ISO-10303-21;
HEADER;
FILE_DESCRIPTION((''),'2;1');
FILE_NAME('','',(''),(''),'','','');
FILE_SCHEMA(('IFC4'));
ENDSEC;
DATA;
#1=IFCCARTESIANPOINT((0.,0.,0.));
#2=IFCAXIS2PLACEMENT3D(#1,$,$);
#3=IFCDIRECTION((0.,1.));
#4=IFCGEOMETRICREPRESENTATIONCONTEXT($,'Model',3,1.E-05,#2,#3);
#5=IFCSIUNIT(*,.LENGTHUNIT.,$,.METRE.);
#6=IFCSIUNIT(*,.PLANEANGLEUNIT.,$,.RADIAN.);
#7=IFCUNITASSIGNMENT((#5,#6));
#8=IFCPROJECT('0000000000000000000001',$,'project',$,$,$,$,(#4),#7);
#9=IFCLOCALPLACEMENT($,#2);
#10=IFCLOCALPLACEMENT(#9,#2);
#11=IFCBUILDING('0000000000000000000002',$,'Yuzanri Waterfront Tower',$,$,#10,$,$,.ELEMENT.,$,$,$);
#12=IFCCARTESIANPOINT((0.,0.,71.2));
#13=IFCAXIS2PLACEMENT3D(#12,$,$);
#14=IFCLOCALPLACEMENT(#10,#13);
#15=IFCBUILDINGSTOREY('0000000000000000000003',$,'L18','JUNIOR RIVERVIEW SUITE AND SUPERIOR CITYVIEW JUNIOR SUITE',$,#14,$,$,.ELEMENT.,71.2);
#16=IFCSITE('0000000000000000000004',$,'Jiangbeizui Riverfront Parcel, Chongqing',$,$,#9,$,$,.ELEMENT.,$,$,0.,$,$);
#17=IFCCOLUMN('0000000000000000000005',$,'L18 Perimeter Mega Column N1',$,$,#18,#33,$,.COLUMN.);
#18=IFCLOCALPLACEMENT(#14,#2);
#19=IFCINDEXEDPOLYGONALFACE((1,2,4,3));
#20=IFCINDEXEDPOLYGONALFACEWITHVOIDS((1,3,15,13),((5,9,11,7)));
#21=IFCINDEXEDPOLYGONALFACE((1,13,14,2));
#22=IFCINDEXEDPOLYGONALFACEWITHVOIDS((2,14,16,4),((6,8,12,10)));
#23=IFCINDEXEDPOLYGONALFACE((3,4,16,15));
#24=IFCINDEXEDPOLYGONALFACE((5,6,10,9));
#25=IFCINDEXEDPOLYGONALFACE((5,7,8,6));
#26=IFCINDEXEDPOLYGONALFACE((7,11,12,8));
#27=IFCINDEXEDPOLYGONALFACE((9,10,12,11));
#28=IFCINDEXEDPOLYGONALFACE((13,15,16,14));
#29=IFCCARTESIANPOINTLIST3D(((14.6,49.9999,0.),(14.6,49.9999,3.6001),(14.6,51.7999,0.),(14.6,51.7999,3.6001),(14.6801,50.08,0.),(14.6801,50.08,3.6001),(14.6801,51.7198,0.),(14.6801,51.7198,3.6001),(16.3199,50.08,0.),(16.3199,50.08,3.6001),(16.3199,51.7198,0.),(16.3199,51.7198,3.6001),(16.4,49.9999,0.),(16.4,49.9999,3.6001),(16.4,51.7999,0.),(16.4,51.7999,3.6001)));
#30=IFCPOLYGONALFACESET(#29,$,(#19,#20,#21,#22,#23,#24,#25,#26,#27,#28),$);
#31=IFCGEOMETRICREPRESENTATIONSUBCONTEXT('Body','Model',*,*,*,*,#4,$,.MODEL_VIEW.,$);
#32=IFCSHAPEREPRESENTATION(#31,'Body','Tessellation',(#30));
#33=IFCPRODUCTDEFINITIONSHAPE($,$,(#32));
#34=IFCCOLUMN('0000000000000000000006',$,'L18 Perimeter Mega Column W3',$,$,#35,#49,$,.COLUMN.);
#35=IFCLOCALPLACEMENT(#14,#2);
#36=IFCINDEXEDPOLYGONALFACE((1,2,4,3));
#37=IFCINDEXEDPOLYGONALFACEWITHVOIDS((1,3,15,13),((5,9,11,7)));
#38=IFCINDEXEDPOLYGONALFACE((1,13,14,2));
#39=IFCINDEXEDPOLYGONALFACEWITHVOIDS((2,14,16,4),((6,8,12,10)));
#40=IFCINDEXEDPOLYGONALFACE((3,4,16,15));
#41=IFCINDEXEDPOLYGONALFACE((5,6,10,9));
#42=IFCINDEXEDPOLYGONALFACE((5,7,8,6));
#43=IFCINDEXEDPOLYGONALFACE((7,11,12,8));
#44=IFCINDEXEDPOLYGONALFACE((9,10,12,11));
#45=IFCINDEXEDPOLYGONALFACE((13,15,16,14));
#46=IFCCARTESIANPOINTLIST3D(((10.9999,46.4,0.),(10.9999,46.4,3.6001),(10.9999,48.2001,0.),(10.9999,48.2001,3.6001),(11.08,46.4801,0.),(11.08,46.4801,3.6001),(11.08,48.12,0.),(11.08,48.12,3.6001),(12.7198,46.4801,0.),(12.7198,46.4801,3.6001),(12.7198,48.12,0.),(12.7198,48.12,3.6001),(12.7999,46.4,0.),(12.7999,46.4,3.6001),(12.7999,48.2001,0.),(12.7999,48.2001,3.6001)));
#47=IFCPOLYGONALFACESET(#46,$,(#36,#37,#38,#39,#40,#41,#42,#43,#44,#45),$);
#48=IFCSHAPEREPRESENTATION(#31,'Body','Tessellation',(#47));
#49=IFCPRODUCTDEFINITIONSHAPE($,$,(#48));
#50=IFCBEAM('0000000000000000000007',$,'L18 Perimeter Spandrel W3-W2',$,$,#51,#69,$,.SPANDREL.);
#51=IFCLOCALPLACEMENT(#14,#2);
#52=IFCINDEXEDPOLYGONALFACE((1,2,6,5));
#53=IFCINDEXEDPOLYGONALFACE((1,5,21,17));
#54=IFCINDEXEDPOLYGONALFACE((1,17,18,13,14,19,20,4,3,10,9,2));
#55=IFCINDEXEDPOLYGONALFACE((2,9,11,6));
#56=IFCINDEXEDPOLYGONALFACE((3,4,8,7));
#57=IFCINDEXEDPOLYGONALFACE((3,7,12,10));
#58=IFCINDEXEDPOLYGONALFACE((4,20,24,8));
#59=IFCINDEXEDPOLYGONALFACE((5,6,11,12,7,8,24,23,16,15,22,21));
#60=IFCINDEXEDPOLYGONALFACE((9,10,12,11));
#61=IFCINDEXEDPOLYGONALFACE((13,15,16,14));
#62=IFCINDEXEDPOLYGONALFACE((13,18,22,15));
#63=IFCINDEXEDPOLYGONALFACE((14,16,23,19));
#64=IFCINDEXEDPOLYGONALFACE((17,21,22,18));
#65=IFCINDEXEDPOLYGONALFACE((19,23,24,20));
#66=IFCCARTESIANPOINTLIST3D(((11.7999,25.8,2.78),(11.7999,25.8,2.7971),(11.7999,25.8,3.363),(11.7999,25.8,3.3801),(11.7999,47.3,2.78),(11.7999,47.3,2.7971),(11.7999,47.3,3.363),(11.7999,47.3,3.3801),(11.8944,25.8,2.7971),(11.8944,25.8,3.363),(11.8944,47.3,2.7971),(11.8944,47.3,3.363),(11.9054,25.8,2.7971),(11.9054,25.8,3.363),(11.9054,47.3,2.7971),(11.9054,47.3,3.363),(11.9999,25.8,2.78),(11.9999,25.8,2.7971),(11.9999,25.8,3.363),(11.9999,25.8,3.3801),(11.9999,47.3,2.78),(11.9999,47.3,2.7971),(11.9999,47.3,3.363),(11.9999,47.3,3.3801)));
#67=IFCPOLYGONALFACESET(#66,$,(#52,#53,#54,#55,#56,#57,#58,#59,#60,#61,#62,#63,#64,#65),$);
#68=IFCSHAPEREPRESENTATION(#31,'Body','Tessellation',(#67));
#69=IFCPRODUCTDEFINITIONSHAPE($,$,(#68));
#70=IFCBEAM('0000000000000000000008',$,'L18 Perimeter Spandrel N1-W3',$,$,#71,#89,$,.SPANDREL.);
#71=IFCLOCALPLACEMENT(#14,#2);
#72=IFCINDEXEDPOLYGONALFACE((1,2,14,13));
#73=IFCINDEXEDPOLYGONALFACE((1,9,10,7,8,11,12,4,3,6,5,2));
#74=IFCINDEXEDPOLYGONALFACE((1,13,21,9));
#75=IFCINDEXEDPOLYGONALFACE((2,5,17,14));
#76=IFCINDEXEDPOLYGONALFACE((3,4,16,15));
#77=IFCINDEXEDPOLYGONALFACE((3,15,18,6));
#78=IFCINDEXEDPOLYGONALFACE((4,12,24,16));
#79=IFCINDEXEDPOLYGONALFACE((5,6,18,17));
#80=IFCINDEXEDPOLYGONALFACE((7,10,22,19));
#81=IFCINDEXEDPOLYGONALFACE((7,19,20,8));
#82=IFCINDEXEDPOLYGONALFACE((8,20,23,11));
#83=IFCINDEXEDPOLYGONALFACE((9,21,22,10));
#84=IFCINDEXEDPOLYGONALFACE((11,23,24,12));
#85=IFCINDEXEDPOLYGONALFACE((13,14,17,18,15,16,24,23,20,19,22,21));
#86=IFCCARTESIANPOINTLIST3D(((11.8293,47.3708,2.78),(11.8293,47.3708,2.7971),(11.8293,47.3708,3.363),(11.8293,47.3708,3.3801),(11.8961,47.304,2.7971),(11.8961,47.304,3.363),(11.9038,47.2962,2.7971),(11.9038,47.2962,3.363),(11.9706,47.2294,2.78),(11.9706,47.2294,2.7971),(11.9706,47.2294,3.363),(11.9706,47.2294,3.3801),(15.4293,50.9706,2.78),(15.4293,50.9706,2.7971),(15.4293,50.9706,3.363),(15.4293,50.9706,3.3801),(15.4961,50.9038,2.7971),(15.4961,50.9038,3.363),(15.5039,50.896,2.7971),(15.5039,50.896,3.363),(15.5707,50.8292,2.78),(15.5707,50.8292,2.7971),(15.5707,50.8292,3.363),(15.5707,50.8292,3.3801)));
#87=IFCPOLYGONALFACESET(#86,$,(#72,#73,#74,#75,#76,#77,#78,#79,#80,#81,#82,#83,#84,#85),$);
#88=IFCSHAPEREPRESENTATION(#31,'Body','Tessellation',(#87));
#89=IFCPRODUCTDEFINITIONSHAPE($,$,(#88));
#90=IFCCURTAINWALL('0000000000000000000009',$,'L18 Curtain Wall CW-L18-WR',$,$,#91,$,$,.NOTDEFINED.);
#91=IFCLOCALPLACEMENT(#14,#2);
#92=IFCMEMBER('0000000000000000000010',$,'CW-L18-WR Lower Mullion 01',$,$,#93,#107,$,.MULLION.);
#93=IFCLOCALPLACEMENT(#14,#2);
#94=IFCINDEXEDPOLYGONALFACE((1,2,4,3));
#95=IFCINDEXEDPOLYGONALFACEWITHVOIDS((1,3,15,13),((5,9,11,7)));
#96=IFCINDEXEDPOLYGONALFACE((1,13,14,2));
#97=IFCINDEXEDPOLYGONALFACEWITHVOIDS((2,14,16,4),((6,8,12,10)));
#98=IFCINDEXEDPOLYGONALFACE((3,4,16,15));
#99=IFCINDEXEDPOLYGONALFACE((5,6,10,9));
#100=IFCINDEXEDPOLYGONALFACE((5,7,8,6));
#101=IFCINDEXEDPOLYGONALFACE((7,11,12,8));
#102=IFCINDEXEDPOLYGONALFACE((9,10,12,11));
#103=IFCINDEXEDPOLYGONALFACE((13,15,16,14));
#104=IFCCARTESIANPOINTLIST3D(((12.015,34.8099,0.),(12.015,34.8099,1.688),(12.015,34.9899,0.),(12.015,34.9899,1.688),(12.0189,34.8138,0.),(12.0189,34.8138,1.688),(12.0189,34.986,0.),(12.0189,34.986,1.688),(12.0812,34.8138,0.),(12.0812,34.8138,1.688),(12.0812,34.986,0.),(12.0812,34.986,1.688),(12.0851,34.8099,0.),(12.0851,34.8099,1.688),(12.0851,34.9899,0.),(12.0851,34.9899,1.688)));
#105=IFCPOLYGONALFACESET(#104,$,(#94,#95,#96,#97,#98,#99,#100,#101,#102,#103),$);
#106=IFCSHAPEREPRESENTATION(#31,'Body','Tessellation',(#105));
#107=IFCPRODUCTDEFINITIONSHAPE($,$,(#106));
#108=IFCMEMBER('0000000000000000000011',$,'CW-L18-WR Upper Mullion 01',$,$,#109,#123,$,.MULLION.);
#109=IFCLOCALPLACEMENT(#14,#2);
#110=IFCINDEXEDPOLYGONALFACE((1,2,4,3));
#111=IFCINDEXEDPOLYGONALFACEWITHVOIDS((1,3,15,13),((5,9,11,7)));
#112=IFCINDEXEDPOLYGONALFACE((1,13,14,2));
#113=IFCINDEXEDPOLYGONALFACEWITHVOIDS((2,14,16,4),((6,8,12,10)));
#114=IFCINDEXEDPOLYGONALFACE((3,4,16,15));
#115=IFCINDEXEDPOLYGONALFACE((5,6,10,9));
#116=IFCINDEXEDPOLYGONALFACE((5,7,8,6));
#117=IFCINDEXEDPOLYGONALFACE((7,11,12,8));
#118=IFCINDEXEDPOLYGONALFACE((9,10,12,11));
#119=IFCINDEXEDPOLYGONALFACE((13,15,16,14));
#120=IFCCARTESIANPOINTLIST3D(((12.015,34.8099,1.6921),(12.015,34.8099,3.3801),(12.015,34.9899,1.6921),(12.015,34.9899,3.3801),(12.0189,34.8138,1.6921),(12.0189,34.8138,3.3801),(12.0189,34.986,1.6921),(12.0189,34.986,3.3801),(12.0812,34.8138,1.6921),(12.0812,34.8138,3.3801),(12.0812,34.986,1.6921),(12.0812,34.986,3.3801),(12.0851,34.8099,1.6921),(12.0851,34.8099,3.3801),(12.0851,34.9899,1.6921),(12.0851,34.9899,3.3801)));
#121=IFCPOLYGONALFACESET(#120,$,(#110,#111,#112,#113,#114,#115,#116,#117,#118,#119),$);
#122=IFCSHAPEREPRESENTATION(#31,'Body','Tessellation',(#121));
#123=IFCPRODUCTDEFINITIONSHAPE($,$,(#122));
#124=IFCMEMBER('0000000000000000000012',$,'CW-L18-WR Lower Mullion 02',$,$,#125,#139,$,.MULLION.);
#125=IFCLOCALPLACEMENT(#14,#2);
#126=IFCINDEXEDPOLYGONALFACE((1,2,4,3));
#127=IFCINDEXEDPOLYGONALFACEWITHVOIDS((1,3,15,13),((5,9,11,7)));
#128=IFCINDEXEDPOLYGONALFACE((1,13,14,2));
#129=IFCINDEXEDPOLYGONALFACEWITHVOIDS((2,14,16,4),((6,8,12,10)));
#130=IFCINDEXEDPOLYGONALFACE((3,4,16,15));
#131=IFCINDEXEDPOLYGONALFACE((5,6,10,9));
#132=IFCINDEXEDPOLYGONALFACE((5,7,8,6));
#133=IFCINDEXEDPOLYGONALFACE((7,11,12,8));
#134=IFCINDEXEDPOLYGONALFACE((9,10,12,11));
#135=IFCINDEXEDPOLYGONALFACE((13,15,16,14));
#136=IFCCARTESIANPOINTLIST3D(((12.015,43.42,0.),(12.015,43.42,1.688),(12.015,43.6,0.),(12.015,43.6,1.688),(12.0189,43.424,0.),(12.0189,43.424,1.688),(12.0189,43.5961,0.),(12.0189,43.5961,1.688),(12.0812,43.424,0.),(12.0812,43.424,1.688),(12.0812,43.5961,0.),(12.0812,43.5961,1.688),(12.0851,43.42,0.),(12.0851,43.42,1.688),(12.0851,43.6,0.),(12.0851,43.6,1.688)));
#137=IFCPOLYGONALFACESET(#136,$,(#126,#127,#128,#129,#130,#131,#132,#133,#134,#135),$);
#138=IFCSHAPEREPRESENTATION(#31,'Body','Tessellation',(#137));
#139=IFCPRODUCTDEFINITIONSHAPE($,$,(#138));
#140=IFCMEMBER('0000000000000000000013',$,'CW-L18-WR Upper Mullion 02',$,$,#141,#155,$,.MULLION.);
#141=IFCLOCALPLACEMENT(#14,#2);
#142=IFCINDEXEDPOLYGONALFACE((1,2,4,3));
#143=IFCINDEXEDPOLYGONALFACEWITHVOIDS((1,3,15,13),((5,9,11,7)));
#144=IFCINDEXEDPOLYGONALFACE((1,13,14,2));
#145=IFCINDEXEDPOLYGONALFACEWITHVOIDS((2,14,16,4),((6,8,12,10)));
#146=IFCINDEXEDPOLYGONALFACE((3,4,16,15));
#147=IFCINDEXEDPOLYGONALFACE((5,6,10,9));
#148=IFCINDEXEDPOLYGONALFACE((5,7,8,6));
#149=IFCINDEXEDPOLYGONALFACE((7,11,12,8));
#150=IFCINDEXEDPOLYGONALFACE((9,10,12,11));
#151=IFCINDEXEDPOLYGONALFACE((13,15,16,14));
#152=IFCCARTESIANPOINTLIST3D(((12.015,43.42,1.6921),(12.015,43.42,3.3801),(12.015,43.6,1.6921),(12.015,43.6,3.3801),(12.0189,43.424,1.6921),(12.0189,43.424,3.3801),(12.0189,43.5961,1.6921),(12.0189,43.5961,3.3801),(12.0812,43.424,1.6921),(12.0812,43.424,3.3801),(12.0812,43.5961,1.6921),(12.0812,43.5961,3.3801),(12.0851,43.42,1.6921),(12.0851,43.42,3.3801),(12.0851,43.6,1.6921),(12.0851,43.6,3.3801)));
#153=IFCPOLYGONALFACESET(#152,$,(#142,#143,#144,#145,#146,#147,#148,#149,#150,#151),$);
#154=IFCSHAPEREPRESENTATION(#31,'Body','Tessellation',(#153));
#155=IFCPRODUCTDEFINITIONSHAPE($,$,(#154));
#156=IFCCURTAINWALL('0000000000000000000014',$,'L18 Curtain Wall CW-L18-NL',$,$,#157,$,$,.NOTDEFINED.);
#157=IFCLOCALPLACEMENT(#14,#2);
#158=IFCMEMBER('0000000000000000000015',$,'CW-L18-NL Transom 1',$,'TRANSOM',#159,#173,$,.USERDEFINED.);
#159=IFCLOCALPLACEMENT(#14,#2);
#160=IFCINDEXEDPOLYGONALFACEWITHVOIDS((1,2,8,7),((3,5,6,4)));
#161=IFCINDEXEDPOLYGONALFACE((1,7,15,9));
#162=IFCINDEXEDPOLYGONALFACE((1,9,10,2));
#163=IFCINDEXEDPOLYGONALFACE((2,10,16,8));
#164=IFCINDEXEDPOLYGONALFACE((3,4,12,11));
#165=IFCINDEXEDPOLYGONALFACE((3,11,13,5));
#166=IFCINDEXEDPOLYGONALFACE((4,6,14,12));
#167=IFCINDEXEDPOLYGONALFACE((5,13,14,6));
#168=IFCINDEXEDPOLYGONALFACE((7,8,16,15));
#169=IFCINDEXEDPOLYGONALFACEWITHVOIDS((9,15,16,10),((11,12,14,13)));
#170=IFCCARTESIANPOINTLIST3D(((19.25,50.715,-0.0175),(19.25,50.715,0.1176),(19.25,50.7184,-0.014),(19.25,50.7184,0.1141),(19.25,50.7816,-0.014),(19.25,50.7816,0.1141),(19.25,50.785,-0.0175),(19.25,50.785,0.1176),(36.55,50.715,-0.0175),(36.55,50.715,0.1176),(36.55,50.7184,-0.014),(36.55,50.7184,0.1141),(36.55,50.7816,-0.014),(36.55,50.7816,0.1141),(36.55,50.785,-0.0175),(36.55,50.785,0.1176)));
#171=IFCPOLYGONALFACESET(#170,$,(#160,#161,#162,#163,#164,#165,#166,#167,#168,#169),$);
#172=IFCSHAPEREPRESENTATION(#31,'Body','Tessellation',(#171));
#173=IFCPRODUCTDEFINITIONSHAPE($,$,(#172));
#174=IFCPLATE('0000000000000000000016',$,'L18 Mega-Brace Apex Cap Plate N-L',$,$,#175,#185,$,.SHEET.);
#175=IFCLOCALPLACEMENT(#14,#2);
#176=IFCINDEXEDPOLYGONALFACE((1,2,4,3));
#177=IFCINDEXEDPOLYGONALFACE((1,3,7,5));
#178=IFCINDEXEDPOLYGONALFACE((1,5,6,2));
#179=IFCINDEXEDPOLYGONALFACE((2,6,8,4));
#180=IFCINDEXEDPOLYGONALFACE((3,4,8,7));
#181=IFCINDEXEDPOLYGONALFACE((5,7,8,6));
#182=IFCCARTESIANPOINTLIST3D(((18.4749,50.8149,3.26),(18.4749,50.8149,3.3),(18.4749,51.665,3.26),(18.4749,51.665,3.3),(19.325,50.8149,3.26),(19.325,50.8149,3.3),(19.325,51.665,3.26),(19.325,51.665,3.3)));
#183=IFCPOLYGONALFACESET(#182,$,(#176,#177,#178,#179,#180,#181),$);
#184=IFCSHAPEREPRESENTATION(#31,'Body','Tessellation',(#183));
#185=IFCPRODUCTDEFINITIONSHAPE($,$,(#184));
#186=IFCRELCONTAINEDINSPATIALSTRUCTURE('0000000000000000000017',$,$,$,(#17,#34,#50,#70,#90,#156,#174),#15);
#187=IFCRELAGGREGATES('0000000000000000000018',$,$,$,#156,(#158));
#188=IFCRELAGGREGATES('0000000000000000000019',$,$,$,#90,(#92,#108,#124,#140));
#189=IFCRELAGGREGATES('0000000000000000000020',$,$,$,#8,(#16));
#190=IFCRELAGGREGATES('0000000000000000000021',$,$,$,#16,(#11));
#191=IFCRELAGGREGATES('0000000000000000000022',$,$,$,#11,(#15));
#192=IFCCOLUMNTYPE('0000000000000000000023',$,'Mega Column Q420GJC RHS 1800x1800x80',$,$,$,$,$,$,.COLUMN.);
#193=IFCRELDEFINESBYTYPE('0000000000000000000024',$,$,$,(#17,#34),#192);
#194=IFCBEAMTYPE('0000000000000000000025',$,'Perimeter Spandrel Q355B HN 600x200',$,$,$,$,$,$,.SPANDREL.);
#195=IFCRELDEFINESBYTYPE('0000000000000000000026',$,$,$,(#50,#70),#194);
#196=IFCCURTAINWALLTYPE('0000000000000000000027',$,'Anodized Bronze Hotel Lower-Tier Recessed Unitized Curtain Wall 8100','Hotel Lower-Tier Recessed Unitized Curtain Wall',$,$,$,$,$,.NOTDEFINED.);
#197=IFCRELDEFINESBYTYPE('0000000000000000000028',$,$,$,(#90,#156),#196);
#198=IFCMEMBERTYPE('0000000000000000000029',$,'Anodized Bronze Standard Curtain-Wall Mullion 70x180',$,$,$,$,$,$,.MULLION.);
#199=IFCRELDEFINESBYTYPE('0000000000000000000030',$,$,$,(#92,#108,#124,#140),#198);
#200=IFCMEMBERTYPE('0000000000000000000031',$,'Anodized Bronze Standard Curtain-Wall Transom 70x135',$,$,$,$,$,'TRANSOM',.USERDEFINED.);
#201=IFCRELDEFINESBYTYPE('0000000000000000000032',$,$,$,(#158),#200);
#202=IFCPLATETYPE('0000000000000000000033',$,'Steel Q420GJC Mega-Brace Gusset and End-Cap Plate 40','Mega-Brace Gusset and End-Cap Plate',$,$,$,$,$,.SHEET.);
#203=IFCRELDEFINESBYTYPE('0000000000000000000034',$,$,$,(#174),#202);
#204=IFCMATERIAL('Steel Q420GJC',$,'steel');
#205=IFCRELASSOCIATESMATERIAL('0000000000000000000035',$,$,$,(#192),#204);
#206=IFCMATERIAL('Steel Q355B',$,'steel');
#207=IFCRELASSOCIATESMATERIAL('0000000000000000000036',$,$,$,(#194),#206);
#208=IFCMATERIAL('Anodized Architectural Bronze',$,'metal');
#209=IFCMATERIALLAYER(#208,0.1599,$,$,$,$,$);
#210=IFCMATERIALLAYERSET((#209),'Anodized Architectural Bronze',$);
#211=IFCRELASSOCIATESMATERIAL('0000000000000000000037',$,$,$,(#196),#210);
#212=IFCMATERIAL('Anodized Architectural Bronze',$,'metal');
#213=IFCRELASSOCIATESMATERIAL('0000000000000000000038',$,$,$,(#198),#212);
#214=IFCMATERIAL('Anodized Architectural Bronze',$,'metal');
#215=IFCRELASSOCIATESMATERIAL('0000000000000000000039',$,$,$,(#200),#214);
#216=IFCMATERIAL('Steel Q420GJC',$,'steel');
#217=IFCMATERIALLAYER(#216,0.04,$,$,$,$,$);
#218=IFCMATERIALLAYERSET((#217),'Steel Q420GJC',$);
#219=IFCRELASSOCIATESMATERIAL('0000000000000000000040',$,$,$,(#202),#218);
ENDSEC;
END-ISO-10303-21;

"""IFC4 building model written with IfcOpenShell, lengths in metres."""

from ifc_helpers import new_model, si_unit, direction, frame, origin, origin_2d, place, context, subcontext, project, spatial, rectangle, hollow_rectangle, i_section, extrude, source, transform, mapped, material, layer, layer_set, material_profile, profile_set, type_object, element, aggregate, save


model = new_model("IFC4")

# Units and contexts
model_context = context("Model", 3, precision=1e-05, world=origin(), true_north=direction((0.0, 1.0)))
body_context = subcontext(model_context, "Body", "Model", "MODEL_VIEW")
ifc_project = project(units=[si_unit("LENGTHUNIT", "METRE"), si_unit("PLANEANGLEUNIT", "RADIAN")], contexts=[model_context])

# Site, building, storey
site_placement = place(None, origin())
site = spatial("IfcSite", under=ifc_project, at=site_placement, Name="Jiangbeizui Riverfront Parcel, Chongqing", CompositionType="ELEMENT", RefElevation=0.0)
building_placement = place(site_placement, origin())
building = spatial("IfcBuilding", under=site, at=building_placement, Name="Yuzanri Waterfront Tower", CompositionType="ELEMENT")
storey_placement = place(building_placement, frame((0.0, 0.0, 71.2)))
storey = spatial("IfcBuildingStorey", under=building, at=storey_placement, Name="L18", Description="JUNIOR RIVERVIEW SUITE AND SUPERIOR CITYVIEW JUNIOR SUITE", CompositionType="ELEMENT", Elevation=71.2)

# Columns
ifc_material_1 = material(Name="Steel Q420GJC", Category="steel")
ifc_material_profile_1 = material_profile(ifc_material_1, hollow_rectangle(XDim=1.8, YDim=1.8, WallThickness=0.0801, at=origin_2d()), Name="RHS 1800x1800x80")
ifc_profile_set_1 = profile_set([ifc_material_profile_1], Name="Steel Q420GJC")
column_type = type_object("IfcColumnType", Name="Mega Column Q420GJC RHS 1800x1800x80", PredefinedType="COLUMN", material=ifc_profile_set_1)
shared_shape_1 = source(origin(), body_context, "Body", "SweptSolid", [
    extrude(hollow_rectangle(XDim=1.8, YDim=1.8, WallThickness=0.0801, at=origin_2d()), origin(), (0.0, 0.0, 1.0), 3.6001),
])
for number, where, z_axis, x_axis, name in (
    (1, (15.5, 50.8999, 0.0), (0.0, 0.0, 1.0), (1.0, 0.0, 0.0), "L18 Perimeter Mega Column N1"),
    (2, (11.8999, 47.3, 0.0), (0.0, 0.0, 1.0), (1.0, 0.0, 0.0), "L18 Perimeter Mega Column W3"),
):
    element("IfcColumn", number, at=place(storey_placement, frame(where, z_axis=z_axis, x_axis=x_axis)), inside=storey, type_object=column_type, Name=name, PredefinedType="COLUMN", context=body_context, shape_type="MappedRepresentation", body=[
        mapped(shared_shape_1, transform((0.0, 0.0, 0.0), scale=1.0)),
    ])

# Beams
ifc_material_2 = material(Name="Steel Q355B", Category="steel")
ifc_material_profile_2 = material_profile(ifc_material_2, i_section(OverallWidth=0.2, OverallDepth=0.6001, WebThickness=0.011, FlangeThickness=0.0171, at=origin_2d()), Name="HN 600x200x11x17")
ifc_profile_set_2 = profile_set([ifc_material_profile_2], Name="Steel Q355B")
beam_type = type_object("IfcBeamType", Name="Perimeter Spandrel Q355B HN 600x200", PredefinedType="SPANDREL", material=ifc_profile_set_2)
shared_shape_2 = source(origin(), body_context, "Body", "SweptSolid", [
    extrude(i_section(OverallWidth=0.2, OverallDepth=0.6001, WebThickness=0.011, FlangeThickness=0.0171, at=origin_2d()), origin(), (0.0, 0.0, 1.0), 21.5),
])
beam_1_placement = place(storey_placement, frame((11.8999, 47.3, 3.0801), z_axis=(0.0, -1.0, 0.0), x_axis=(1.0, 0.0, 0.0)))
element("IfcBeam", 3, at=beam_1_placement, inside=storey, type_object=beam_type, Name="L18 Perimeter Spandrel W3-W2", PredefinedType="SPANDREL", context=body_context, shape_type="MappedRepresentation", body=[
    mapped(shared_shape_2, transform((0.0, 0.0, 0.0), scale=1.0)),
])
shared_shape_3 = source(origin(), body_context, "Body", "SweptSolid", [
    extrude(i_section(OverallWidth=0.2, OverallDepth=0.6001, WebThickness=0.011, FlangeThickness=0.0171, at=origin_2d()), origin(), (0.0, 0.0, 1.0), 5.0911),
])
beam_2_placement = place(storey_placement, frame((15.5, 50.8999, 3.0801), z_axis=(-0.707131, -0.707083, 0.0), x_axis=(0.707083, -0.707131, 0.0)))
element("IfcBeam", 4, at=beam_2_placement, inside=storey, type_object=beam_type, Name="L18 Perimeter Spandrel N1-W3", PredefinedType="SPANDREL", context=body_context, shape_type="MappedRepresentation", body=[
    mapped(shared_shape_3, transform((0.0, 0.0, 0.0), scale=1.0)),
])

# Curtain wall, members
ifc_material_3 = material(Name="Anodized Architectural Bronze", Category="metal")
ifc_layer_1 = layer(ifc_material_3, 0.1599)
ifc_layer_set_1 = layer_set([ifc_layer_1], Name="Anodized Architectural Bronze")
curtain_wall_type = type_object("IfcCurtainWallType", Name="Anodized Bronze Hotel Lower-Tier Recessed Unitized Curtain Wall 8100", Description="Hotel Lower-Tier Recessed Unitized Curtain Wall", PredefinedType="NOTDEFINED", material=ifc_layer_set_1)
curtain_wall_1_placement = place(storey_placement, origin())
curtain_wall_1 = element("IfcCurtainWall", 5, at=curtain_wall_1_placement, inside=storey, type_object=curtain_wall_type, Name="L18 Curtain Wall CW-L18-WR", PredefinedType="NOTDEFINED")
ifc_material_4 = material(Name="Anodized Architectural Bronze", Category="metal")
ifc_material_profile_3 = material_profile(ifc_material_4, hollow_rectangle(XDim=0.0701, YDim=0.1799, WallThickness=0.0039, at=origin_2d()), Name="CWM 70x180")
ifc_profile_set_3 = profile_set([ifc_material_profile_3], Name="Anodized Architectural Bronze")
member_type_1 = type_object("IfcMemberType", Name="Anodized Bronze Standard Curtain-Wall Mullion 70x180", PredefinedType="MULLION", material=ifc_profile_set_3)
shared_shape_4 = source(origin(), body_context, "Body", "SweptSolid", [
    extrude(hollow_rectangle(XDim=0.0701, YDim=0.1799, WallThickness=0.0039, at=origin_2d()), origin(), (0.0, 0.0, 1.0), 1.688),
])
member_1_placement = place(storey_placement, frame((12.05, 34.8999, 0.0), z_axis=(0.0, 0.0, 1.0), x_axis=(1.0, 0.0, 0.0)))
member_1 = element("IfcMember", 6, at=member_1_placement, type_object=member_type_1, Name="CW-L18-WR Lower Mullion 01", PredefinedType="MULLION", context=body_context, shape_type="MappedRepresentation", body=[
    mapped(shared_shape_4, transform((0.0, 0.0, 0.0), scale=1.0)),
])
member_2_placement = place(storey_placement, frame((12.05, 34.8999, 1.6921), z_axis=(0.0, 0.0, 1.0), x_axis=(1.0, 0.0, 0.0)))
member_2 = element("IfcMember", 7, at=member_2_placement, type_object=member_type_1, Name="CW-L18-WR Upper Mullion 01", PredefinedType="MULLION", context=body_context, shape_type="MappedRepresentation", body=[
    mapped(shared_shape_4, transform((0.0, 0.0, 0.0), scale=1.0)),
])
member_3_placement = place(storey_placement, frame((12.05, 43.51, 0.0), z_axis=(0.0, 0.0, 1.0), x_axis=(1.0, 0.0, 0.0)))
member_3 = element("IfcMember", 8, at=member_3_placement, type_object=member_type_1, Name="CW-L18-WR Lower Mullion 02", PredefinedType="MULLION", context=body_context, shape_type="MappedRepresentation", body=[
    mapped(shared_shape_4, transform((0.0, 0.0, 0.0), scale=1.0)),
])
member_4_placement = place(storey_placement, frame((12.05, 43.51, 1.6921), z_axis=(0.0, 0.0, 1.0), x_axis=(1.0, 0.0, 0.0)))
member_4 = element("IfcMember", 9, at=member_4_placement, type_object=member_type_1, Name="CW-L18-WR Upper Mullion 02", PredefinedType="MULLION", context=body_context, shape_type="MappedRepresentation", body=[
    mapped(shared_shape_4, transform((0.0, 0.0, 0.0), scale=1.0)),
])

# Curtain wall, member
curtain_wall_2_placement = place(storey_placement, origin())
curtain_wall_2 = element("IfcCurtainWall", 10, at=curtain_wall_2_placement, inside=storey, type_object=curtain_wall_type, Name="L18 Curtain Wall CW-L18-NL", PredefinedType="NOTDEFINED")
ifc_material_5 = material(Name="Anodized Architectural Bronze", Category="metal")
ifc_material_profile_4 = material_profile(ifc_material_5, hollow_rectangle(XDim=0.0701, YDim=0.135, WallThickness=0.0034, at=origin_2d()), Name="CWT 70x135")
ifc_profile_set_4 = profile_set([ifc_material_profile_4], Name="Anodized Architectural Bronze")
member_type_2 = type_object("IfcMemberType", Name="Anodized Bronze Standard Curtain-Wall Transom 70x135", ElementType="TRANSOM", PredefinedType="USERDEFINED", material=ifc_profile_set_4)
shared_shape_5 = source(origin(), body_context, "Body", "SweptSolid", [
    extrude(hollow_rectangle(XDim=0.0701, YDim=0.135, WallThickness=0.0034, at=origin_2d()), origin(), (0.0, 0.0, 1.0), 17.3),
])
member_5_placement = place(storey_placement, frame((19.25, 50.75, 0.05), z_axis=(1.0, 0.0, 0.0), x_axis=(0.0, 1.0, 0.0)))
member_5 = element("IfcMember", 11, at=member_5_placement, type_object=member_type_2, Name="CW-L18-NL Transom 1", ObjectType="TRANSOM", PredefinedType="USERDEFINED", context=body_context, shape_type="MappedRepresentation", body=[
    mapped(shared_shape_5, transform((0.0, 0.0, 0.0), scale=1.0)),
])
aggregate(curtain_wall_2, [member_5])

# Plate
ifc_material_6 = material(Name="Steel Q420GJC", Category="steel")
ifc_layer_2 = layer(ifc_material_6, 0.04)
ifc_layer_set_2 = layer_set([ifc_layer_2], Name="Steel Q420GJC")
plate_type_1 = type_object("IfcPlateType", Name="Steel Q420GJC Mega-Brace Gusset and End-Cap Plate 40", Description="Mega-Brace Gusset and End-Cap Plate", PredefinedType="SHEET", material=ifc_layer_set_2)
shared_shape_6 = source(origin(), body_context, "Body", "SweptSolid", [
    extrude(rectangle(XDim=0.8501, YDim=0.8501, at=origin_2d()), origin(), (0.0, 0.0, 1.0), 0.04),
])
for number, where, z_axis, x_axis, name in (
    (12, (18.8999, 51.24, 3.26), (0.0, 0.0, 1.0), (1.0, 0.0, 0.0), "L18 Mega-Brace Apex Cap Plate N-L"),
):
    element("IfcPlate", number, at=place(storey_placement, frame(where, z_axis=z_axis, x_axis=x_axis)), inside=storey, type_object=plate_type_1, Name=name, PredefinedType="SHEET", context=body_context, shape_type="MappedRepresentation", body=[
        mapped(shared_shape_6, transform((0.0, 0.0, 0.0), scale=1.0)),
    ])

aggregate(curtain_wall_1, [member_1, member_2, member_3, member_4])

save(model, "model.ifc")
